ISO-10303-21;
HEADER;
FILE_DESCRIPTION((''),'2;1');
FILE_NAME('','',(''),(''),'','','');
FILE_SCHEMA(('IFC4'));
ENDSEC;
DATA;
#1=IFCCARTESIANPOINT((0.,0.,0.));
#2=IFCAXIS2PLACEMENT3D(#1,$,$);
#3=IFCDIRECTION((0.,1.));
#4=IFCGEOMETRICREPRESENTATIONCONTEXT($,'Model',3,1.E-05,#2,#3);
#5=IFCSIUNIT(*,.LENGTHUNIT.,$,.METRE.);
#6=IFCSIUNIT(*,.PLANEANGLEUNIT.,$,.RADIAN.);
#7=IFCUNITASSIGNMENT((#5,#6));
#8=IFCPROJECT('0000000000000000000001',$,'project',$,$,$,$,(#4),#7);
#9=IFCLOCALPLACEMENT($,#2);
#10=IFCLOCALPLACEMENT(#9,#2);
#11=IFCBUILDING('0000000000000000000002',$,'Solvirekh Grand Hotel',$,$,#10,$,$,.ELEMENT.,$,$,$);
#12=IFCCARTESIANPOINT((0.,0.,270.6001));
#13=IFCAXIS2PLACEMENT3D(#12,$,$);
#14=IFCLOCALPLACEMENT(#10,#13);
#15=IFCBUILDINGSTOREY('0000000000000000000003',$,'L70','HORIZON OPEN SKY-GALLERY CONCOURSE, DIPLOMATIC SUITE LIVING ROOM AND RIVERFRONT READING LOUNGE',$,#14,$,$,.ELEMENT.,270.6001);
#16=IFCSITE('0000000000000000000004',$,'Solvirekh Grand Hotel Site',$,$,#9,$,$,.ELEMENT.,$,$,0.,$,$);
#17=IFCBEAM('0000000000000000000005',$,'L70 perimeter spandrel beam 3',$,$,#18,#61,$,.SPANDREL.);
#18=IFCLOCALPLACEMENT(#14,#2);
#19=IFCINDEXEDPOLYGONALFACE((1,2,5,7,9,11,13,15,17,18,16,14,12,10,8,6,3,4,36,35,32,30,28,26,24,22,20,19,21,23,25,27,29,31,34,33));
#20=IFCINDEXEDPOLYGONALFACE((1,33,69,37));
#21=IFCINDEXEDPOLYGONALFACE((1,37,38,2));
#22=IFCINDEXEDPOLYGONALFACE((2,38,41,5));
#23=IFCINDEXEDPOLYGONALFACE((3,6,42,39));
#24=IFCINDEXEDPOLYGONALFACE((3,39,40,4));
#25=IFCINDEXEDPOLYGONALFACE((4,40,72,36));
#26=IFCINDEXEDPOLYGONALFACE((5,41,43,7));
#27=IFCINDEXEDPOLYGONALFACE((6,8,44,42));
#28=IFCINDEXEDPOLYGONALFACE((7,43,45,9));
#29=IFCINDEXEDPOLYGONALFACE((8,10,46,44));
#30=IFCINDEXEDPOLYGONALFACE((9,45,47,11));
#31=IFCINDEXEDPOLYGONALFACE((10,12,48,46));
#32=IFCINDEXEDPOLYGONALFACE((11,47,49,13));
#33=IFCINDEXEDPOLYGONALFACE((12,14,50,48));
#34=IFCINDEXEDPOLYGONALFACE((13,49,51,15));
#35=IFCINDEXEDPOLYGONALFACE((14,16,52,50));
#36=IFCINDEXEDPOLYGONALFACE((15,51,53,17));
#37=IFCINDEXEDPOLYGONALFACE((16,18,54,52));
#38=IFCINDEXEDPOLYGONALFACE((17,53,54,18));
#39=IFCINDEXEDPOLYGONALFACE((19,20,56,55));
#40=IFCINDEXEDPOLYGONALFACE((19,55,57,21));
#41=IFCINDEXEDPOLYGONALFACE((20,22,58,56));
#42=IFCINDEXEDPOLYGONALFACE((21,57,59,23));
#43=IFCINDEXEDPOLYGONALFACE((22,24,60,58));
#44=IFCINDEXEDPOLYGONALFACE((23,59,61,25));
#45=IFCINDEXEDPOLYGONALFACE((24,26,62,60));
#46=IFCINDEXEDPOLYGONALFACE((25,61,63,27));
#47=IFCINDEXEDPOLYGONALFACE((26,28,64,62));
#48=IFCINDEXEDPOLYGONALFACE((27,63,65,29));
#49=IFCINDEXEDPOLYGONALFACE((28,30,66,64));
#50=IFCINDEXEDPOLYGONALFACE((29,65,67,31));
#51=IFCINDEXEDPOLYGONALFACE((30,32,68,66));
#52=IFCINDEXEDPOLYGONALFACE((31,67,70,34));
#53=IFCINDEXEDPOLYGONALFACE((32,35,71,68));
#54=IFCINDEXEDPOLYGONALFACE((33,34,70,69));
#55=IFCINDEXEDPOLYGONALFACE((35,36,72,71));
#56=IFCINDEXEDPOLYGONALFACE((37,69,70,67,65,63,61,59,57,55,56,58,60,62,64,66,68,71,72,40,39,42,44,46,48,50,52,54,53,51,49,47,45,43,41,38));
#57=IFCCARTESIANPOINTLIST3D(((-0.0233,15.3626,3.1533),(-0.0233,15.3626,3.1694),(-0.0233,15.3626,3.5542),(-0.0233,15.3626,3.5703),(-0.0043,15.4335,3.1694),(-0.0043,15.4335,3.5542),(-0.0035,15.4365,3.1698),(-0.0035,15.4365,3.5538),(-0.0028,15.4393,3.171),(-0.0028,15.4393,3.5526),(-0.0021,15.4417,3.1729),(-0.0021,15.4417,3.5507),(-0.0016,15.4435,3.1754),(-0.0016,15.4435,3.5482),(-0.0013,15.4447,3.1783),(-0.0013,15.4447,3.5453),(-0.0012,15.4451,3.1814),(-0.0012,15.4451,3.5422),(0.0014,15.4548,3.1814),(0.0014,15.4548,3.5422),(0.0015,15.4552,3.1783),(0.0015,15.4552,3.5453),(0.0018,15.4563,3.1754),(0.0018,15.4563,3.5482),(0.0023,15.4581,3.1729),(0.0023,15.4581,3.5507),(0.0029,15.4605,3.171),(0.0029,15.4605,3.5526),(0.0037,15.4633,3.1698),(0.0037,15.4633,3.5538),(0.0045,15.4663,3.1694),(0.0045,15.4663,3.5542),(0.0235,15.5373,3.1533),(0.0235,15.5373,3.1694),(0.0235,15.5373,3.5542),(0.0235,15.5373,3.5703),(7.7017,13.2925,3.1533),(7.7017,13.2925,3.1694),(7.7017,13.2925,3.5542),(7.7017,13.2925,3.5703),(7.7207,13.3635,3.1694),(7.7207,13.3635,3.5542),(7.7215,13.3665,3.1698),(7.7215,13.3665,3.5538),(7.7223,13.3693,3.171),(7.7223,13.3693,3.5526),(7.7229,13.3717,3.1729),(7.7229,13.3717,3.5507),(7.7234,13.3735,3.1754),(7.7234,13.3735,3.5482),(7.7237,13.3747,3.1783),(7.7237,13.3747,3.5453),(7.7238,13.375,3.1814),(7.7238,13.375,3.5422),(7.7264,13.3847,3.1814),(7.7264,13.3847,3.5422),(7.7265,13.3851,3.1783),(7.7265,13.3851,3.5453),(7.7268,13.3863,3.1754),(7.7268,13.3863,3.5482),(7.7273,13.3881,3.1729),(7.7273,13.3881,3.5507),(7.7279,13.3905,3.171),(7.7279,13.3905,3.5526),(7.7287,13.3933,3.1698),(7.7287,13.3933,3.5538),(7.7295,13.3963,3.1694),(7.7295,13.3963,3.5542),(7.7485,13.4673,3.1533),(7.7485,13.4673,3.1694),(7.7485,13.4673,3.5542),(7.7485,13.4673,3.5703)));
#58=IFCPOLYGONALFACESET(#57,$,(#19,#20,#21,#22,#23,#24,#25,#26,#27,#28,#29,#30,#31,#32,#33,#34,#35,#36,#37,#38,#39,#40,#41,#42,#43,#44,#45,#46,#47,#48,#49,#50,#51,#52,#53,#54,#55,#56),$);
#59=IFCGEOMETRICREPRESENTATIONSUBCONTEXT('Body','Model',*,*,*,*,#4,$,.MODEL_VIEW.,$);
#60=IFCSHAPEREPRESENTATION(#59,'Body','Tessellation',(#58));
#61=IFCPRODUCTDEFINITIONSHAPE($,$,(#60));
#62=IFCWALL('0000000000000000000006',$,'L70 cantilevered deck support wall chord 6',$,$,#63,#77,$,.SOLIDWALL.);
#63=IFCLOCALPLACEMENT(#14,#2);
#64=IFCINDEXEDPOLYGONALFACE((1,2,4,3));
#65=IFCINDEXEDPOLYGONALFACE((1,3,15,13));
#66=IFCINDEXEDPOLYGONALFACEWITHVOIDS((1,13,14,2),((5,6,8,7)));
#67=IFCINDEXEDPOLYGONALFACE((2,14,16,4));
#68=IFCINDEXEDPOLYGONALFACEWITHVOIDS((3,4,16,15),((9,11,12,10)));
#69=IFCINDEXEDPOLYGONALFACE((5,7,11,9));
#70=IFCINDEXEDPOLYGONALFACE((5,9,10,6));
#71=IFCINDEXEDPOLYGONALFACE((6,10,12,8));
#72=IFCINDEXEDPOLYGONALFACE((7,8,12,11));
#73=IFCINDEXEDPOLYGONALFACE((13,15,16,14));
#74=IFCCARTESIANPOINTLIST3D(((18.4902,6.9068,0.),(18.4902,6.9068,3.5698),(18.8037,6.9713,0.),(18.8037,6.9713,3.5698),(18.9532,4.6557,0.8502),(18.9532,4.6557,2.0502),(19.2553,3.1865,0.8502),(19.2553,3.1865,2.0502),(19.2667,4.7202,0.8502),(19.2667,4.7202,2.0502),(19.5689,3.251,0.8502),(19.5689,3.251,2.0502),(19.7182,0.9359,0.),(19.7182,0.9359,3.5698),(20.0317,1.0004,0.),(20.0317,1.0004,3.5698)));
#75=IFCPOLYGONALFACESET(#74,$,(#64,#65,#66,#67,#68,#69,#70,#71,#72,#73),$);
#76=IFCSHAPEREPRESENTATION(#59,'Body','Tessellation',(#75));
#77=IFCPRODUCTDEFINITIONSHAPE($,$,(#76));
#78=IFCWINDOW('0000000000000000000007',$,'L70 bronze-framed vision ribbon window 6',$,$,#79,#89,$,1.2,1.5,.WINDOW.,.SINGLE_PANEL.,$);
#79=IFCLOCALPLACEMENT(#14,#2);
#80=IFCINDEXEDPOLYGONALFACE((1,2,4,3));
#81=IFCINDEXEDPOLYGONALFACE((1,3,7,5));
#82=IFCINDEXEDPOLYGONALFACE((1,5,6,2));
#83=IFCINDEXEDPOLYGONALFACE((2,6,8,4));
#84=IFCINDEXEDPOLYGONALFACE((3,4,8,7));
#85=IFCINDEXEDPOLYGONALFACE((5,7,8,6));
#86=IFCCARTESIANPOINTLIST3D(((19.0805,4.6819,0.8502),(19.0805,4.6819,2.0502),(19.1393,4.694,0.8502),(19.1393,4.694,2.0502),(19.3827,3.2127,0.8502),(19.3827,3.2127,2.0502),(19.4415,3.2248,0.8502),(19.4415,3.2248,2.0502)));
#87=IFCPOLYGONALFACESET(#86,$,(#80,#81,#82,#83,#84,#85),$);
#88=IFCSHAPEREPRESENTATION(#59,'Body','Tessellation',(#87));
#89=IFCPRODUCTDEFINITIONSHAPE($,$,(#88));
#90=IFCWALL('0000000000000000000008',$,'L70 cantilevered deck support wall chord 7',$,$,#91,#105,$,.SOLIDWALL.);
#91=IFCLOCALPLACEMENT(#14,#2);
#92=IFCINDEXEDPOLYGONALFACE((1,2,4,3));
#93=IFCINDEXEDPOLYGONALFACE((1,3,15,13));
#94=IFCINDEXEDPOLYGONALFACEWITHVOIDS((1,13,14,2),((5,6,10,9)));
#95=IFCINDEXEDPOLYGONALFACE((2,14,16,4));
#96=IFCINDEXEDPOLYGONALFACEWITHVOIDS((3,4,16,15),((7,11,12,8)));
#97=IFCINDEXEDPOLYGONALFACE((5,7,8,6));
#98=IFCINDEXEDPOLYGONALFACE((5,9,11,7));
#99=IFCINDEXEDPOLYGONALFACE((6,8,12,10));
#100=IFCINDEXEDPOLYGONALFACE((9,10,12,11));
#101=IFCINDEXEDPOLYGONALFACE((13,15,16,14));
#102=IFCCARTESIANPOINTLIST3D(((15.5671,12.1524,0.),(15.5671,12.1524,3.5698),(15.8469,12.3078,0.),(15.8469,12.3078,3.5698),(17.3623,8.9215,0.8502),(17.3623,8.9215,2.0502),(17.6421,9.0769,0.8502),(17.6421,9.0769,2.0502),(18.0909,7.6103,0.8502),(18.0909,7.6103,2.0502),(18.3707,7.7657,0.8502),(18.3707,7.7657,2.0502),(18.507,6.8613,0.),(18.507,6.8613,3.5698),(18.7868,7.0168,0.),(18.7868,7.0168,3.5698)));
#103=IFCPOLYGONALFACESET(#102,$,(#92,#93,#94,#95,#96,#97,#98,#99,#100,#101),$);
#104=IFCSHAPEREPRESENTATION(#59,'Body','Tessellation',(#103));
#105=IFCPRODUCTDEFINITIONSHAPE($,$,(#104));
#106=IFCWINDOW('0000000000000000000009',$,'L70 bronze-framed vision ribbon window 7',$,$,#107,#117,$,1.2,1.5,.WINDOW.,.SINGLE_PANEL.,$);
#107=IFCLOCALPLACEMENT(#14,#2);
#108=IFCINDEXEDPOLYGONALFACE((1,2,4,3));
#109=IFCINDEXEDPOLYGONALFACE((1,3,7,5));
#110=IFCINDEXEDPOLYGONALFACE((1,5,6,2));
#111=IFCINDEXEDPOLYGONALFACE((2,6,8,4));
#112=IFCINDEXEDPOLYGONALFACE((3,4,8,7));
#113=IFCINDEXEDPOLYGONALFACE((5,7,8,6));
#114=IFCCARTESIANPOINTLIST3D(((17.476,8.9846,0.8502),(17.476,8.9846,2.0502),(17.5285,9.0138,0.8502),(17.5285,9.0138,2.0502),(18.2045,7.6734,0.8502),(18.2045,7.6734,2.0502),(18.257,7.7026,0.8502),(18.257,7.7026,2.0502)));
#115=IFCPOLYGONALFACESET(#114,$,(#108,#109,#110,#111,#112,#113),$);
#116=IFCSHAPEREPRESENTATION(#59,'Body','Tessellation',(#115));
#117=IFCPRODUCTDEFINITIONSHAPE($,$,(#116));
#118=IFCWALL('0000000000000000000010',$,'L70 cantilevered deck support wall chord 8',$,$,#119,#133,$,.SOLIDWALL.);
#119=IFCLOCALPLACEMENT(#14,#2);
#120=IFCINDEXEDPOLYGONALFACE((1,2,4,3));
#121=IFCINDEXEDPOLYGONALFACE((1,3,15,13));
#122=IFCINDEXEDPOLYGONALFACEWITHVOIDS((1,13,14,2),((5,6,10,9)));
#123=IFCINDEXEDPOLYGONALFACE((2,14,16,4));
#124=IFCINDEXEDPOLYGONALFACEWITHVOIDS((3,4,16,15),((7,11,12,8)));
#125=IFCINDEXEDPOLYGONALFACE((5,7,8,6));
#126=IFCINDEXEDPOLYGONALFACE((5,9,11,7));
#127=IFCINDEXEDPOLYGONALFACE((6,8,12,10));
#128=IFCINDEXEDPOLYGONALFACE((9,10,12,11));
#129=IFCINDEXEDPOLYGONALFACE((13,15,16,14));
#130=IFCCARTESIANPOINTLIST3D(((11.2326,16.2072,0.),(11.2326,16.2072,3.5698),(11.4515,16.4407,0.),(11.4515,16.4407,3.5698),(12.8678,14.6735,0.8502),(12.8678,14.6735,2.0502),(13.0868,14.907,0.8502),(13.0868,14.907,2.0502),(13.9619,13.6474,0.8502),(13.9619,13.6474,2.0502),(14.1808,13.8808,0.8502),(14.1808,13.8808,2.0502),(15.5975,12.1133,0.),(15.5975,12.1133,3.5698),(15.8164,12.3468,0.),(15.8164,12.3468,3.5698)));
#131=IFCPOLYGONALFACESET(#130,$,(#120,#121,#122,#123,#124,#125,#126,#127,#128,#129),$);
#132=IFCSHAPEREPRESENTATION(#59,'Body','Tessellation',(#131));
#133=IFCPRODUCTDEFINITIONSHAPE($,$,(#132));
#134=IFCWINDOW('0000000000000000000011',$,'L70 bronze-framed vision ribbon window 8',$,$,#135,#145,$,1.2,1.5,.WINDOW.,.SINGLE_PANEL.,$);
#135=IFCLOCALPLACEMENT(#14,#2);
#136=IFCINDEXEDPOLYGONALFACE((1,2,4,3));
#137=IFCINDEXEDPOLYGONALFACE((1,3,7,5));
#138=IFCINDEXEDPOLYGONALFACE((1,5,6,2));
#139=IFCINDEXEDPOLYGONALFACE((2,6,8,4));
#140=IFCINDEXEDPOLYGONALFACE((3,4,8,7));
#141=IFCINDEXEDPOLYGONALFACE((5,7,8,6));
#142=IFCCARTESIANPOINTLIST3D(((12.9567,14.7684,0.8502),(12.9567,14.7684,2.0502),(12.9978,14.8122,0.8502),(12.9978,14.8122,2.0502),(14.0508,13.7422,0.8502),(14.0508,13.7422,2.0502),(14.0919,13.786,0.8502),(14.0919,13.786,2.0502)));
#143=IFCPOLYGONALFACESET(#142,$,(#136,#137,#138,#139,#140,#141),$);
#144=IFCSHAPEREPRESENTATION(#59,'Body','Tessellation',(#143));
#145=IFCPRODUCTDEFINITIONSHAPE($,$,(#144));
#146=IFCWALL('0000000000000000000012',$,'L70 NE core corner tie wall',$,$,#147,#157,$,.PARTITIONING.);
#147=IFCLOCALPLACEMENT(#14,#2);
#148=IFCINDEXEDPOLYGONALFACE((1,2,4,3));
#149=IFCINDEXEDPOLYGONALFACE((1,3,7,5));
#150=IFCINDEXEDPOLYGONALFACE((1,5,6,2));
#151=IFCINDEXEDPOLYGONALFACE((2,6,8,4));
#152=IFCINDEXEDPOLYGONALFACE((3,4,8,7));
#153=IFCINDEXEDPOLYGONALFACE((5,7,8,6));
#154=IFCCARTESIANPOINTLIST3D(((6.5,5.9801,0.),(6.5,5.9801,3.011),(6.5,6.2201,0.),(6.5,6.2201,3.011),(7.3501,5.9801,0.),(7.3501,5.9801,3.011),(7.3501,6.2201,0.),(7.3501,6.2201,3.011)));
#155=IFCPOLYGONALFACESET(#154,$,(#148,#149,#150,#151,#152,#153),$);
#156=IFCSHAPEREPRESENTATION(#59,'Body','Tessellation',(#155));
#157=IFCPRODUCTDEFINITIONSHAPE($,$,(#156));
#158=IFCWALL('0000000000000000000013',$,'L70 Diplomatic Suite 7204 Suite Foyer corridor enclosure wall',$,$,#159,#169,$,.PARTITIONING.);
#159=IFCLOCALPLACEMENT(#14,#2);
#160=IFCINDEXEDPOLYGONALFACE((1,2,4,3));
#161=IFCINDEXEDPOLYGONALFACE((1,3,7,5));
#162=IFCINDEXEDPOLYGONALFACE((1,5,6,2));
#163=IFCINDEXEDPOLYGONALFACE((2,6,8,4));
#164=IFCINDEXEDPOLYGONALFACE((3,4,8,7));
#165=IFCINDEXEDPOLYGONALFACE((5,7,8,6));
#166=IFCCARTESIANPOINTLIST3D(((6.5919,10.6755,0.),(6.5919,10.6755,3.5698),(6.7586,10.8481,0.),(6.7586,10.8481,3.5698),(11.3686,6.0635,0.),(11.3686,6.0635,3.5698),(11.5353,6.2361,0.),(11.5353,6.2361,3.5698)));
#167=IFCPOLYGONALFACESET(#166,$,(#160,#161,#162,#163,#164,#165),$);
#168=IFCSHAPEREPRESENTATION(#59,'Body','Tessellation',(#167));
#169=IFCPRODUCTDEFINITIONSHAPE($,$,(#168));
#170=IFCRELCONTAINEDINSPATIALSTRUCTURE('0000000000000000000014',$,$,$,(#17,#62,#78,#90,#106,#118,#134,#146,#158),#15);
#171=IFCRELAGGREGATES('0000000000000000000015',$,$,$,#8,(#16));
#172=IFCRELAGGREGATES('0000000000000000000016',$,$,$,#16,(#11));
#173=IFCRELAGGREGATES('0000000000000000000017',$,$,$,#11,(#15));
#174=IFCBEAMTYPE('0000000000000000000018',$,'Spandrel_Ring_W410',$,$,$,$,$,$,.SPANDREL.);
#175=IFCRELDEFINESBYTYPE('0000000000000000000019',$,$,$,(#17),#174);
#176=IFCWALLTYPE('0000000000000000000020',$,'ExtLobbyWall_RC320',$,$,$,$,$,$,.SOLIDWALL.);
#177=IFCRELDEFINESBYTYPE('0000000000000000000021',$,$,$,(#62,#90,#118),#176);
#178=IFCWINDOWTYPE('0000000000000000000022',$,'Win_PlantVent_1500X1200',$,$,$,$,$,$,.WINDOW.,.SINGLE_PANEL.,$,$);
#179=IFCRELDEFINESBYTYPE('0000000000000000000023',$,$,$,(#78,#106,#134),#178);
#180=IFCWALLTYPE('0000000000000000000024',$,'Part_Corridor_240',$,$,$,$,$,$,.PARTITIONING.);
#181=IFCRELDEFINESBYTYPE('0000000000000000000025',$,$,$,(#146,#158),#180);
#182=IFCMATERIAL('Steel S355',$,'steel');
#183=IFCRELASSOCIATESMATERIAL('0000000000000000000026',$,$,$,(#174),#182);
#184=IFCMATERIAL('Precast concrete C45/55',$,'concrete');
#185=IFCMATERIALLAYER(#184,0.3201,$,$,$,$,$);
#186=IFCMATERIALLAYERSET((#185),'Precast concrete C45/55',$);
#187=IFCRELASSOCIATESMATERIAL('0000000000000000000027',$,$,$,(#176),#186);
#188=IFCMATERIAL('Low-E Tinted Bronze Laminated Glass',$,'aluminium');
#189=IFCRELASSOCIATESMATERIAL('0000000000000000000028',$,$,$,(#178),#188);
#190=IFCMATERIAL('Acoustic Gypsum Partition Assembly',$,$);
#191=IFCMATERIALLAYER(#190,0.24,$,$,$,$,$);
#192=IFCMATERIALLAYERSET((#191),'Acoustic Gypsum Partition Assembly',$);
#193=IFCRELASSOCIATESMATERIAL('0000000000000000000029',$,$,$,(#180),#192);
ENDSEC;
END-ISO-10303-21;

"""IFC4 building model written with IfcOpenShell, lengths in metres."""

from ifc_helpers import new_model, si_unit, direction, frame, frame_2d, origin, origin_2d, place, context, subcontext, project, spatial, rectangle, i_section, extrude, material, layer, layer_set, material_profile, profile_set, type_object, element, fill, save


model = new_model("IFC4")

# Units and contexts
model_context = context("Model", 3, precision=1e-05, world=origin(), true_north=direction((0.0, 1.0)))
body_context = subcontext(model_context, "Body", "Model", "MODEL_VIEW")
ifc_project = project(units=[si_unit("LENGTHUNIT", "METRE"), si_unit("PLANEANGLEUNIT", "RADIAN")], contexts=[model_context])

# Site, building, storey
site_placement = place(None, origin())
site = spatial("IfcSite", under=ifc_project, at=site_placement, Name="Solvirekh Grand Hotel Site", CompositionType="ELEMENT", RefElevation=0.0)
building_placement = place(site_placement, origin())
building = spatial("IfcBuilding", under=site, at=building_placement, Name="Solvirekh Grand Hotel", CompositionType="ELEMENT")
storey_placement = place(building_placement, frame((0.0, 0.0, 270.6001)))
storey = spatial("IfcBuildingStorey", under=building, at=storey_placement, Name="L70", Description="HORIZON OPEN SKY-GALLERY CONCOURSE, DIPLOMATIC SUITE LIVING ROOM AND RIVERFRONT READING LOUNGE", CompositionType="ELEMENT", Elevation=270.6001)

# Beam
ifc_material_1 = material(Name="Steel S355", Category="steel")
ifc_material_profile_1 = material_profile(ifc_material_1, i_section(OverallWidth=0.1809, OverallDepth=0.417, WebThickness=0.01, FlangeThickness=0.0161, FilletRadius=0.012, at=origin_2d()), Name="W410X85")
ifc_profile_set_1 = profile_set([ifc_material_profile_1], Name="Steel S355")
beam_type_1 = type_object("IfcBeamType", Name="Spandrel_Ring_W410", PredefinedType="SPANDREL", material=ifc_profile_set_1)
beam_1_placement = place(storey_placement, frame((7.7251, 13.3799, 3.3618), z_axis=(-0.965922, 0.258835, 0.0), x_axis=(-0.258835, -0.965922, 0.0)))
element("IfcBeam", 1, at=beam_1_placement, inside=storey, type_object=beam_type_1, Name="L70 perimeter spandrel beam 3", PredefinedType="SPANDREL", context=body_context, shape_type="SweptSolid", body=[
    extrude(i_section(OverallWidth=0.1809, OverallDepth=0.417, WebThickness=0.01, FlangeThickness=0.0161, FilletRadius=0.012, at=origin_2d()), origin(), (0.0, 0.0, 1.0), 7.9976),
])

# Walls, openings, windows
ifc_material_2 = material(Name="Precast concrete C45/55", Category="concrete")
ifc_layer_1 = layer(ifc_material_2, 0.3201)
ifc_layer_set_1 = layer_set([ifc_layer_1], Name="Precast concrete C45/55")
wall_type_1 = type_object("IfcWallType", Name="ExtLobbyWall_RC320", PredefinedType="SOLIDWALL", material=ifc_layer_set_1)
wall_1_placement = place(storey_placement, frame((18.647, 6.939, 0.0), z_axis=(0.0, 0.0, 1.0), x_axis=(0.201451, -0.979499, 0.0)))
wall_1 = element("IfcWall", 2, at=wall_1_placement, inside=storey, type_object=wall_type_1, Name="L70 cantilevered deck support wall chord 6", PredefinedType="SOLIDWALL", context=body_context, shape_type="SweptSolid", body=[
    extrude(rectangle(XDim=6.0959, YDim=0.3201, at=frame_2d((3.0479, 0.0))), origin(), (0.0, 0.0, 1.0), 3.5698),
])
opening_1_placement = place(wall_1_placement, frame((2.2981, 0.0, 0.8501)))
opening_1 = element("IfcOpeningElement", 3, at=opening_1_placement, cuts=wall_1, PredefinedType="OPENING", context=body_context, shape_type="SweptSolid", body=[
    extrude(rectangle(XDim=1.5, YDim=1.2, at=frame_2d((0.75, 0.6001))), frame((0.0, 0.1699, 0.0), z_axis=(0.0, -1.0, 0.0), x_axis=(1.0, 0.0, 0.0)), (0.0, 0.0, 1.0), 0.3401),
])
ifc_material_3 = material(Name="Low-E Tinted Bronze Laminated Glass", Category="aluminium")
window_type = type_object("IfcWindowType", Name="Win_PlantVent_1500X1200", PartitioningType="SINGLE_PANEL", PredefinedType="WINDOW", material=ifc_material_3)
window_1_placement = place(opening_1_placement, origin())
window_1 = element("IfcWindow", 4, at=window_1_placement, inside=storey, type_object=window_type, Name="L70 bronze-framed vision ribbon window 6", OverallHeight=1.2, OverallWidth=1.5, PartitioningType="SINGLE_PANEL", PredefinedType="WINDOW", context=body_context, shape_type="SweptSolid", body=[
    extrude(rectangle(XDim=1.5, YDim=1.2, at=frame_2d((0.75, 0.6001))), frame((0.0, 0.03, 0.0), z_axis=(0.0, -1.0, 0.0), x_axis=(1.0, 0.0, 0.0)), (0.0, 0.0, 1.0), 0.0601),
])
fill(opening_1, window_1)
wall_2_placement = place(storey_placement, frame((15.707, 12.23, 0.0), z_axis=(0.0, 0.0, 1.0), x_axis=(0.485705, -0.874123, 0.0)))
wall_2 = element("IfcWall", 5, at=wall_2_placement, inside=storey, type_object=wall_type_1, Name="L70 cantilevered deck support wall chord 7", PredefinedType="SOLIDWALL", context=body_context, shape_type="SweptSolid", body=[
    extrude(rectangle(XDim=6.053, YDim=0.3201, at=frame_2d((3.0264, 0.0))), origin(), (0.0, 0.0, 1.0), 3.5698),
])
opening_2_placement = place(wall_2_placement, frame((3.696, 0.0, 0.8501)))
opening_2 = element("IfcOpeningElement", 6, at=opening_2_placement, cuts=wall_2, PredefinedType="OPENING", context=body_context, shape_type="SweptSolid", body=[
    extrude(rectangle(XDim=1.5, YDim=1.2, at=frame_2d((0.75, 0.6001))), frame((0.0, 0.1699, 0.0), z_axis=(0.0, -1.0, 0.0), x_axis=(1.0, 0.0, 0.0)), (0.0, 0.0, 1.0), 0.3401),
])
window_2_placement = place(opening_2_placement, origin())
window_2 = element("IfcWindow", 7, at=window_2_placement, inside=storey, type_object=window_type, Name="L70 bronze-framed vision ribbon window 7", OverallHeight=1.2, OverallWidth=1.5, PartitioningType="SINGLE_PANEL", PredefinedType="WINDOW", context=body_context, shape_type="SweptSolid", body=[
    extrude(rectangle(XDim=1.5, YDim=1.2, at=frame_2d((0.75, 0.6001))), frame((0.0, 0.03, 0.0), z_axis=(0.0, -1.0, 0.0), x_axis=(1.0, 0.0, 0.0)), (0.0, 0.0, 1.0), 0.0601),
])
fill(opening_2, window_2)
wall_3_placement = place(storey_placement, frame((11.342, 16.324, 0.0), z_axis=(0.0, 0.0, 1.0), x_axis=(0.729386, -0.684103, 0.0)))
wall_3 = element("IfcWall", 8, at=wall_3_placement, inside=storey, type_object=wall_type_1, Name="L70 cantilevered deck support wall chord 8", PredefinedType="SOLIDWALL", context=body_context, shape_type="SweptSolid", body=[
    extrude(rectangle(XDim=5.9844, YDim=0.3201, at=frame_2d((2.9922, 0.0))), origin(), (0.0, 0.0, 1.0), 3.5698),
])
opening_3_placement = place(wall_3_placement, frame((2.2419, 0.0, 0.8501)))
opening_3 = element("IfcOpeningElement", 9, at=opening_3_placement, cuts=wall_3, PredefinedType="OPENING", context=body_context, shape_type="SweptSolid", body=[
    extrude(rectangle(XDim=1.5, YDim=1.2, at=frame_2d((0.75, 0.6001))), frame((0.0, 0.1699, 0.0), z_axis=(0.0, -1.0, 0.0), x_axis=(1.0, 0.0, 0.0)), (0.0, 0.0, 1.0), 0.3401),
])
window_3_placement = place(opening_3_placement, origin())
window_3 = element("IfcWindow", 10, at=window_3_placement, inside=storey, type_object=window_type, Name="L70 bronze-framed vision ribbon window 8", OverallHeight=1.2, OverallWidth=1.5, PartitioningType="SINGLE_PANEL", PredefinedType="WINDOW", context=body_context, shape_type="SweptSolid", body=[
    extrude(rectangle(XDim=1.5, YDim=1.2, at=frame_2d((0.75, 0.6001))), frame((0.0, 0.03, 0.0), z_axis=(0.0, -1.0, 0.0), x_axis=(1.0, 0.0, 0.0)), (0.0, 0.0, 1.0), 0.0601),
])
fill(opening_3, window_3)

# Walls
ifc_material_4 = material(Name="Acoustic Gypsum Partition Assembly")
ifc_layer_2 = layer(ifc_material_4, 0.24)
ifc_layer_set_2 = layer_set([ifc_layer_2], Name="Acoustic Gypsum Partition Assembly")
wall_type_2 = type_object("IfcWallType", Name="Part_Corridor_240", PredefinedType="PARTITIONING", material=ifc_layer_set_2)
wall_4_placement = place(storey_placement, frame((6.5, 6.1001, 0.0), z_axis=(0.0, 0.0, 1.0), x_axis=(1.0, 0.0, 0.0)))
element("IfcWall", 11, at=wall_4_placement, inside=storey, type_object=wall_type_2, Name="L70 NE core corner tie wall", PredefinedType="PARTITIONING", context=body_context, shape_type="SweptSolid", body=[
    extrude(rectangle(XDim=0.8501, YDim=0.24, at=frame_2d((0.425, 0.0))), origin(), (0.0, 0.0, 1.0), 3.011),
])
wall_5_placement = place(storey_placement, frame((11.4519, 6.1499, 0.0), z_axis=(0.0, 0.0, 1.0), x_axis=(-0.719407, 0.694589, 0.0)))
element("IfcWall", 12, at=wall_5_placement, inside=storey, type_object=wall_type_2, Name="L70 Diplomatic Suite 7204 Suite Foyer corridor enclosure wall", PredefinedType="PARTITIONING", context=body_context, shape_type="SweptSolid", body=[
    extrude(rectangle(XDim=6.6399, YDim=0.24, at=frame_2d((3.3198, 0.0))), origin(), (0.0, 0.0, 1.0), 3.5698),
])

save(model, "model.ifc")
